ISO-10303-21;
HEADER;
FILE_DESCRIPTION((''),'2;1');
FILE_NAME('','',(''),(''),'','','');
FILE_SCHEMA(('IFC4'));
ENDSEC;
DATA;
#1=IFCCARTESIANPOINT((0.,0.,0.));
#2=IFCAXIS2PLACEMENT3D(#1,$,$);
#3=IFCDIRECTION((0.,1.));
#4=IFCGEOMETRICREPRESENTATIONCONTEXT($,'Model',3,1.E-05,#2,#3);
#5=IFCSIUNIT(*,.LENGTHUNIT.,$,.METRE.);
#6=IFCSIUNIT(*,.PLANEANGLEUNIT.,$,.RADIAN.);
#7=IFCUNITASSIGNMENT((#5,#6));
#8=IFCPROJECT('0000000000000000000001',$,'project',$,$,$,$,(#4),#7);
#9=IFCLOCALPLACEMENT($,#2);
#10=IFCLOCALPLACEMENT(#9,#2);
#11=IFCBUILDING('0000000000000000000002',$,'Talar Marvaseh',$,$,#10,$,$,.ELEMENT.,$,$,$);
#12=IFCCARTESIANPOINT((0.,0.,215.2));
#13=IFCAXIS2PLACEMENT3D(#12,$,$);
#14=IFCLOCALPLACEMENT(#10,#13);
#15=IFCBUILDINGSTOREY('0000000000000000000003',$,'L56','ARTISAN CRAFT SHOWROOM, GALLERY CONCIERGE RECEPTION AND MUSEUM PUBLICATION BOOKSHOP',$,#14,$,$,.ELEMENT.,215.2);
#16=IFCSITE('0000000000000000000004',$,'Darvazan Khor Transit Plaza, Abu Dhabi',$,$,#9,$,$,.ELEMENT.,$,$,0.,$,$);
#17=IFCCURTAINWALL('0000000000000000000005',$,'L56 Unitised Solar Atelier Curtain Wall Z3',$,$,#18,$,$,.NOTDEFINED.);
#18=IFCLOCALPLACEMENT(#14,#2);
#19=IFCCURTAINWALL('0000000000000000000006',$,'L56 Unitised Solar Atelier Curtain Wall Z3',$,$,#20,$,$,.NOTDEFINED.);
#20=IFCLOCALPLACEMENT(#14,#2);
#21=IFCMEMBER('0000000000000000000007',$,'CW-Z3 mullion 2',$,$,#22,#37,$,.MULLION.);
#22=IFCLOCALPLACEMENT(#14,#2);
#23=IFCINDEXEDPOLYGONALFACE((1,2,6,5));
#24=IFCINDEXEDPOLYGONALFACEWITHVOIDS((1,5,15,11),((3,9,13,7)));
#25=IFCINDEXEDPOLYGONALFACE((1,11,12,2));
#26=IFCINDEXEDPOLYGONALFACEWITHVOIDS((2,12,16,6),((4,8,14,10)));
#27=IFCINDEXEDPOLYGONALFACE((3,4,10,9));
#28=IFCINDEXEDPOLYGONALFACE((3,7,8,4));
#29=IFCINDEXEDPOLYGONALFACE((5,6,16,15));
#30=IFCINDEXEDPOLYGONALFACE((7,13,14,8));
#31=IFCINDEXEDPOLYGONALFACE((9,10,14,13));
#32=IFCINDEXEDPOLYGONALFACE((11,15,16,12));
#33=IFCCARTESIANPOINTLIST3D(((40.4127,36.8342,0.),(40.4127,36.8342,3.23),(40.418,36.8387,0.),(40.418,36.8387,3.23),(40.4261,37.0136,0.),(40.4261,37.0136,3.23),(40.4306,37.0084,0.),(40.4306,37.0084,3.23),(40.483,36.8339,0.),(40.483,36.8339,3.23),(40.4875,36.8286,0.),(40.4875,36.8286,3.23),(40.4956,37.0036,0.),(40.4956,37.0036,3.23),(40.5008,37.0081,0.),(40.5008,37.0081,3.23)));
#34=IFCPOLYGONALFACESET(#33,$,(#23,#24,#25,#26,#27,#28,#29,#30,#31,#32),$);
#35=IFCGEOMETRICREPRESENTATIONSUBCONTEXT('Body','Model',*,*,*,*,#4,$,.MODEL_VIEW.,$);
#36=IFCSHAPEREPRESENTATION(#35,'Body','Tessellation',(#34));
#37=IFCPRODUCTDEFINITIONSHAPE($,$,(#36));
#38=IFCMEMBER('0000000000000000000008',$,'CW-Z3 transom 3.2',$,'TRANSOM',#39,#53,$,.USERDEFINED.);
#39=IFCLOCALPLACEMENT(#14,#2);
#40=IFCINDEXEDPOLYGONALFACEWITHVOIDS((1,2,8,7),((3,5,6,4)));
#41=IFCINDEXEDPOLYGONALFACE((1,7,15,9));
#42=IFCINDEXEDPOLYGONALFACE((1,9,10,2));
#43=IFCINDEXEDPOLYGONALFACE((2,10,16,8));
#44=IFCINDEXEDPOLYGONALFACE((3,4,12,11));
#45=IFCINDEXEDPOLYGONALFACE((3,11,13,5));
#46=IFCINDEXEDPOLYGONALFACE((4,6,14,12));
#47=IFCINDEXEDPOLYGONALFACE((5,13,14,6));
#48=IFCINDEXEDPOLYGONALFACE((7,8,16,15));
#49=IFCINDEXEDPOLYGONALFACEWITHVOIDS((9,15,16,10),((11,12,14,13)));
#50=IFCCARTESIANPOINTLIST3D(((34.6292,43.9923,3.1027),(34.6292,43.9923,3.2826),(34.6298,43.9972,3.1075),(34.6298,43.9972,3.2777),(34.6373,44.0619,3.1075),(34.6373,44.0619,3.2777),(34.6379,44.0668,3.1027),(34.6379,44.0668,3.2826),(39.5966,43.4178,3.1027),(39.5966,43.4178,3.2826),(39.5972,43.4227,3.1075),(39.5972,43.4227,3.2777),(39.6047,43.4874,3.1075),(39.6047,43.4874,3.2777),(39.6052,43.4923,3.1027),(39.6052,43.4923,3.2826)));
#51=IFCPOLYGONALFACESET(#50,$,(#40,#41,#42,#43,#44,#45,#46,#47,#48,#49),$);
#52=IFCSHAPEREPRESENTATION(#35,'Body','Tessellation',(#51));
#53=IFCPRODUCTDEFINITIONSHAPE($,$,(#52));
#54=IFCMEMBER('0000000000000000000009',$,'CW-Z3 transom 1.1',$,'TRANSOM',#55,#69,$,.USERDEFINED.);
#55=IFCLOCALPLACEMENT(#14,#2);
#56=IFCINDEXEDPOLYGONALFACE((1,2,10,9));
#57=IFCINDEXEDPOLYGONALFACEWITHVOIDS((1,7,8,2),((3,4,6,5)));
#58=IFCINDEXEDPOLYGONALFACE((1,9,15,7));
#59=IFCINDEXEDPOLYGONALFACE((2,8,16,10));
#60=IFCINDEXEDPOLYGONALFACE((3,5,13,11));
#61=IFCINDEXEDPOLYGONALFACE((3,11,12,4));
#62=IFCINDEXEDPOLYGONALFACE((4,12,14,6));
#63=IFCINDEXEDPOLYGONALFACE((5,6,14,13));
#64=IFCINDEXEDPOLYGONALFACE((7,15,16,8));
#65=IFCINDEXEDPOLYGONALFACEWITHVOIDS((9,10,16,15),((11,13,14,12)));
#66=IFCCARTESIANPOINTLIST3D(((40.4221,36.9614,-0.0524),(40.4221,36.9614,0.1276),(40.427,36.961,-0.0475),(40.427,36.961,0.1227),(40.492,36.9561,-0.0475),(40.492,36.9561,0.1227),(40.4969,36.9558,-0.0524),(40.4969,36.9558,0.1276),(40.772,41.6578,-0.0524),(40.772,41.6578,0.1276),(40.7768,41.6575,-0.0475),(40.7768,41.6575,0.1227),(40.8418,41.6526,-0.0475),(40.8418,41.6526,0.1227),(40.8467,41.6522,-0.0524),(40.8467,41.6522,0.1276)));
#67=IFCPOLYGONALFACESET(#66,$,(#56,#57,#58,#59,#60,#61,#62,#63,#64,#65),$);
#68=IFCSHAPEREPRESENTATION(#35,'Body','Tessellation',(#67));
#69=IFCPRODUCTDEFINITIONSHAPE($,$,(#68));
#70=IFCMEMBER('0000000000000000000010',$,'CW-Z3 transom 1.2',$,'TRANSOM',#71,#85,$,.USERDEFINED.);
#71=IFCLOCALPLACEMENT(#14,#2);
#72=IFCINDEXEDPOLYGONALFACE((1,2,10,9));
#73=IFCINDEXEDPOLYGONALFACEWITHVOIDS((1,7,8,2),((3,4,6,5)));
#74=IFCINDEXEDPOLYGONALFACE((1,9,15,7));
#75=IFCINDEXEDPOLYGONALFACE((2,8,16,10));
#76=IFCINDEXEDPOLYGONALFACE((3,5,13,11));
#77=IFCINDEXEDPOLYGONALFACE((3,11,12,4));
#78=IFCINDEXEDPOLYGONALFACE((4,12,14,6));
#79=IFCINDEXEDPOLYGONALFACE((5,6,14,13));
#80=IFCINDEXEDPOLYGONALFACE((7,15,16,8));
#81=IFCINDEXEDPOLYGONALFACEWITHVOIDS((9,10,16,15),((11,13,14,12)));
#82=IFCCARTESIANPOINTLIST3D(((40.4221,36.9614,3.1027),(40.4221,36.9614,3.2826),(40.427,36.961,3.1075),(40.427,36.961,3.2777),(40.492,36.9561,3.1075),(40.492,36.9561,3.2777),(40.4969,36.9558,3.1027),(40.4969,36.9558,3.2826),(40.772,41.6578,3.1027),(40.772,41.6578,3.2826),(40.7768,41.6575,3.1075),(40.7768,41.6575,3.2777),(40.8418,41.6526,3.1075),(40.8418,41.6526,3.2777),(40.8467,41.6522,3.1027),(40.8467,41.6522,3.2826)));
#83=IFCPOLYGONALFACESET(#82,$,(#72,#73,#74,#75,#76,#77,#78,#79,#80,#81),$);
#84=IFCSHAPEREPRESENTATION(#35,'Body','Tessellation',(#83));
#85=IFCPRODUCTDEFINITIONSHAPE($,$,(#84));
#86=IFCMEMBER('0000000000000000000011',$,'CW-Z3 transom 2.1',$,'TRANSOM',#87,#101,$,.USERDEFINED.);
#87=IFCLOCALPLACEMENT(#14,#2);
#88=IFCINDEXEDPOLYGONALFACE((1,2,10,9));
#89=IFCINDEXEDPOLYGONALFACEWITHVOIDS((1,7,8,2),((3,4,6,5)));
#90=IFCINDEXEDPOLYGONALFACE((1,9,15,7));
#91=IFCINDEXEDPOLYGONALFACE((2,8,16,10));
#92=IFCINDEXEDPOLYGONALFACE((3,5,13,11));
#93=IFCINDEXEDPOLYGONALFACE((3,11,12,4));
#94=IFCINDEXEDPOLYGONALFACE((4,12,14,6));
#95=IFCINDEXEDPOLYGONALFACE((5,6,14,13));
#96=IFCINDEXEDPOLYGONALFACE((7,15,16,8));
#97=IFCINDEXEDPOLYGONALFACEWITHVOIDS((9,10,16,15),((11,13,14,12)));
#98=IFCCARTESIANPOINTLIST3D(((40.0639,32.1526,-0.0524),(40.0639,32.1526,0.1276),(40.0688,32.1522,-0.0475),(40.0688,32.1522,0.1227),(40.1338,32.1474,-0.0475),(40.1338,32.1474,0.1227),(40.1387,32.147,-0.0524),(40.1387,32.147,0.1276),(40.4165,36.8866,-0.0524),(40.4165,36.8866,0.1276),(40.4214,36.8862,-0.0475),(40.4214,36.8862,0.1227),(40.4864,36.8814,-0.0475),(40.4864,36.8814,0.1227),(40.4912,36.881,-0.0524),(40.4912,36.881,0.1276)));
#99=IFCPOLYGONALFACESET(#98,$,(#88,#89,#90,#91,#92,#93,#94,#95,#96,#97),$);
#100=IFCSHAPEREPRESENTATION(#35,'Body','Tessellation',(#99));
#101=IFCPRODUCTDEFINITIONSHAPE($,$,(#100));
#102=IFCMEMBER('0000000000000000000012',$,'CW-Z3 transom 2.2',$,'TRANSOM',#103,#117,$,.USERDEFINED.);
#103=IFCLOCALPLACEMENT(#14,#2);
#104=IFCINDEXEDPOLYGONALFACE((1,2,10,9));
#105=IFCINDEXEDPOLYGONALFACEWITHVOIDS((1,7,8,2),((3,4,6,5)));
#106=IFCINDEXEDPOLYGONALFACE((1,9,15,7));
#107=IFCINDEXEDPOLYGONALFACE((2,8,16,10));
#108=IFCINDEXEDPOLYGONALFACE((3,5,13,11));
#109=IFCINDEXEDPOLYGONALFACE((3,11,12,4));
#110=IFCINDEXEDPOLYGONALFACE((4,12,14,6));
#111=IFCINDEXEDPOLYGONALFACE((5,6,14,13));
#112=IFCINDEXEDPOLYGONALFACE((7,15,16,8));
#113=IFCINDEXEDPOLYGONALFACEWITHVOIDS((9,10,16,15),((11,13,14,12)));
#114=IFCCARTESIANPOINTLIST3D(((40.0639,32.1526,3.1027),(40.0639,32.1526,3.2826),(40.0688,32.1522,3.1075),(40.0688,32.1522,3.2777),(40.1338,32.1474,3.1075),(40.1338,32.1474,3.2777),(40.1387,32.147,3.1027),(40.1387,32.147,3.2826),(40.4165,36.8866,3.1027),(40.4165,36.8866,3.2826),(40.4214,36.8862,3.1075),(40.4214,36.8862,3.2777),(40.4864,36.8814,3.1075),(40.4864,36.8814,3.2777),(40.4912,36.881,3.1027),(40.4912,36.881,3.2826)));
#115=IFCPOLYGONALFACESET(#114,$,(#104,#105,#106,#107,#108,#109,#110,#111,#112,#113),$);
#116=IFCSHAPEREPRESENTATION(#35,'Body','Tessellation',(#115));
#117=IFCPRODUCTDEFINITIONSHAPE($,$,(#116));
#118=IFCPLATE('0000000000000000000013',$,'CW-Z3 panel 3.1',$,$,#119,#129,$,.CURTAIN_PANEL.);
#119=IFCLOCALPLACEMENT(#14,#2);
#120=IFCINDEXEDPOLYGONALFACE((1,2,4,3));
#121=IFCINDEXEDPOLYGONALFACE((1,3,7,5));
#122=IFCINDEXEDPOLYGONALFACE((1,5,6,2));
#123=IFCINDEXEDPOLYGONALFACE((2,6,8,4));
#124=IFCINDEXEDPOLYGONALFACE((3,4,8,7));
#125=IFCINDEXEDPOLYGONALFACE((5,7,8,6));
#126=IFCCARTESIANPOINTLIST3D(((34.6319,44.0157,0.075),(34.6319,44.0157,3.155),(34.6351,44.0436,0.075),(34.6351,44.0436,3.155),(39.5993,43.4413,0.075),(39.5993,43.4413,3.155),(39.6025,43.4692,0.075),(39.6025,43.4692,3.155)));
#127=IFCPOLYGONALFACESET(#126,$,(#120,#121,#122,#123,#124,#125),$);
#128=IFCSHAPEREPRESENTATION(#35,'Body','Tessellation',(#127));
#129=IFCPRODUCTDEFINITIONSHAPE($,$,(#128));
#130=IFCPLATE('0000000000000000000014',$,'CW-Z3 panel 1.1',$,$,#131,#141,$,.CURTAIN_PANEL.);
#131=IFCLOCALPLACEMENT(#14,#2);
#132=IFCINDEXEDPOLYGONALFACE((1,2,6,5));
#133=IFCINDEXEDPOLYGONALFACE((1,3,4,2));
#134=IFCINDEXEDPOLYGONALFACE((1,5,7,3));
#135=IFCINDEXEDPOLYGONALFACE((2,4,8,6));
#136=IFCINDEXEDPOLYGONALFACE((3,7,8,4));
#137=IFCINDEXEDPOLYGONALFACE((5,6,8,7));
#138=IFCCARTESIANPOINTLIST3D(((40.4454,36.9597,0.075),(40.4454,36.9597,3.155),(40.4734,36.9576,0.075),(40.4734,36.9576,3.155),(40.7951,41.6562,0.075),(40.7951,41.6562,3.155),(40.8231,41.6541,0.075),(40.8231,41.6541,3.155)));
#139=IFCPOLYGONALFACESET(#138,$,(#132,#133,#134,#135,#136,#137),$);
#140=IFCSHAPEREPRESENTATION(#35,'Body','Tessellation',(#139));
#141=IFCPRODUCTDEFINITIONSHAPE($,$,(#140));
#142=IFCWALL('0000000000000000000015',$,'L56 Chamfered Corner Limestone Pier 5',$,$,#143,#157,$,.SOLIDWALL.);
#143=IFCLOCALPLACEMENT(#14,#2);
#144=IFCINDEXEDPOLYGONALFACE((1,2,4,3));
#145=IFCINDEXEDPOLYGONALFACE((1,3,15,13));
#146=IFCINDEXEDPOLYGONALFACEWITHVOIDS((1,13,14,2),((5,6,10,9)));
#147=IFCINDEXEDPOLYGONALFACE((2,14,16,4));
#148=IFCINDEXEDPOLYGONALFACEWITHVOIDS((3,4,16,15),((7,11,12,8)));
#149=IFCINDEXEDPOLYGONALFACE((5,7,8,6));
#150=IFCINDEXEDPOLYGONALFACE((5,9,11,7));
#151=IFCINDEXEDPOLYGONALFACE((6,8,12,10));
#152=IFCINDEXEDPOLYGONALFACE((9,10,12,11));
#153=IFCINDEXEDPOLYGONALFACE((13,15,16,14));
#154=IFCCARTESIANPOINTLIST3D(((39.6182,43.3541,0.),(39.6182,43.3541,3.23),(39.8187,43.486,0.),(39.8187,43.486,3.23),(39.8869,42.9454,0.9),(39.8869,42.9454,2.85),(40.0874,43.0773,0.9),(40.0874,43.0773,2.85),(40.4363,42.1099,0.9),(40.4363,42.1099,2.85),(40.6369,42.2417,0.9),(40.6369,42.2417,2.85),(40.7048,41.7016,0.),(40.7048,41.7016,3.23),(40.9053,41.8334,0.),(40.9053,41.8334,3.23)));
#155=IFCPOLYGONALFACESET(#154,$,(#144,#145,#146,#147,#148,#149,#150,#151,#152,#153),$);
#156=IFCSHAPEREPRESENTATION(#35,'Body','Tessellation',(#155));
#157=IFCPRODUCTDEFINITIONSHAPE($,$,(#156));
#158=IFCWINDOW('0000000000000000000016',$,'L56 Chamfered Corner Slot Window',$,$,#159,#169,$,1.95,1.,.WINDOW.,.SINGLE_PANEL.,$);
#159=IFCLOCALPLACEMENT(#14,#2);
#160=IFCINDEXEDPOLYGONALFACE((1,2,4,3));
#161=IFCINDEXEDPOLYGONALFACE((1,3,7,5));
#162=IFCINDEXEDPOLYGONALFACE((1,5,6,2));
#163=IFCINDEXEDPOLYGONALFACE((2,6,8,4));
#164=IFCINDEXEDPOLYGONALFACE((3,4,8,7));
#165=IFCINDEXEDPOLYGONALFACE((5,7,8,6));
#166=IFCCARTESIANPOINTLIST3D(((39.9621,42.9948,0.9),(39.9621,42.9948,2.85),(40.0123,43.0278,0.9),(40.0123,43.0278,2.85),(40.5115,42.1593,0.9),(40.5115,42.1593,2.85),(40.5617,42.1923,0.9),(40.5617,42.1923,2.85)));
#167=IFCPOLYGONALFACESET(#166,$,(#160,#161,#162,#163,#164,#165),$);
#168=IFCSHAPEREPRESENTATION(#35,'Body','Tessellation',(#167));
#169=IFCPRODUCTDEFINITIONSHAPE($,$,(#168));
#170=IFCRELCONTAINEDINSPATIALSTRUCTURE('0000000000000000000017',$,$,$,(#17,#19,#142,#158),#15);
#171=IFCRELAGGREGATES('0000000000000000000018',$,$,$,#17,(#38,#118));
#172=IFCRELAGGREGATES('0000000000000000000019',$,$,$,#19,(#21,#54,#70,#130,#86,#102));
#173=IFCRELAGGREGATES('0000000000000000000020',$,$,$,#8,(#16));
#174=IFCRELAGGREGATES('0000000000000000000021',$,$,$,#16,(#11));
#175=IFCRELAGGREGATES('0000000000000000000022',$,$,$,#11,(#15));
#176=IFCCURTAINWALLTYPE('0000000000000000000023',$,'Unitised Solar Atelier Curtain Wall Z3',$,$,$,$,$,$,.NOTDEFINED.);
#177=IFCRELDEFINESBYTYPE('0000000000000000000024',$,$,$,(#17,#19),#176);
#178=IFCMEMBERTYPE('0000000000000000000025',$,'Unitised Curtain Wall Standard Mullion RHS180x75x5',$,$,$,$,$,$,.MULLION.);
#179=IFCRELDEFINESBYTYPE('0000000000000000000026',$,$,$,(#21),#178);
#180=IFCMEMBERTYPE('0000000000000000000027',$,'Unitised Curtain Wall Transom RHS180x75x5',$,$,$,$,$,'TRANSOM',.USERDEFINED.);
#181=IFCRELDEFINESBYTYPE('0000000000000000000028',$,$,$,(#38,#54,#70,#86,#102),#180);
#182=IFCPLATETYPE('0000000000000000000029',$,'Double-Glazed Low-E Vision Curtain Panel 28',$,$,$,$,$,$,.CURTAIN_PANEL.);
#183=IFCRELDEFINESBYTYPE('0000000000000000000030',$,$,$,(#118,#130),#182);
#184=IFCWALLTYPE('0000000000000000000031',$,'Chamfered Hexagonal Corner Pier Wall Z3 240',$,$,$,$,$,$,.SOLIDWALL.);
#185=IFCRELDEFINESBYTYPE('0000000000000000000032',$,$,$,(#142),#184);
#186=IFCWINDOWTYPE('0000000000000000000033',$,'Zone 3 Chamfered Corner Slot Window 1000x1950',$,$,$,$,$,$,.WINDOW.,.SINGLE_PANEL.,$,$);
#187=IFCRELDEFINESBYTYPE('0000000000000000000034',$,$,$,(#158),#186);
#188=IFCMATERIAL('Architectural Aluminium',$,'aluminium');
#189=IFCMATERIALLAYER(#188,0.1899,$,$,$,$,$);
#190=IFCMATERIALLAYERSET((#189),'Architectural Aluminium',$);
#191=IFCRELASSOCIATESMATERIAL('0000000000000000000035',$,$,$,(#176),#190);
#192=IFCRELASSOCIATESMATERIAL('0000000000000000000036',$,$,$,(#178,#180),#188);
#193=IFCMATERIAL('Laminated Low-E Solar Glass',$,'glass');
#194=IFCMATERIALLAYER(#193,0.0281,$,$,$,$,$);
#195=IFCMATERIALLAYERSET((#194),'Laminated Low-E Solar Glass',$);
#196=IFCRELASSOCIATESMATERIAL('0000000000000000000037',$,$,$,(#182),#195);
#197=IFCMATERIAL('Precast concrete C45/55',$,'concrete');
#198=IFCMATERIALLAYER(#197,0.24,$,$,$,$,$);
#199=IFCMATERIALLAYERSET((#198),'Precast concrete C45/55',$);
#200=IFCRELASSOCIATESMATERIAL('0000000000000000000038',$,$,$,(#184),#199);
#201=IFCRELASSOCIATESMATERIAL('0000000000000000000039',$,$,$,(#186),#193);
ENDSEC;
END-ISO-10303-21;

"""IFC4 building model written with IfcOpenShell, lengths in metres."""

from ifc_helpers import new_model, si_unit, direction, frame, frame_2d, origin, origin_2d, place, context, subcontext, project, spatial, rectangle, hollow_rectangle, extrude, source, transform, mapped, material, layer, layer_set, material_profile, profile_set, type_object, type_shapes, element, fill, aggregate, save


model = new_model("IFC4")

# Units and contexts
model_context = context("Model", 3, precision=1e-05, world=origin(), true_north=direction((0.0, 1.0)))
body_context = subcontext(model_context, "Body", "Model", "MODEL_VIEW")
ifc_project = project(units=[si_unit("LENGTHUNIT", "METRE"), si_unit("PLANEANGLEUNIT", "RADIAN")], contexts=[model_context])

# Site, building, storey
site_placement = place(None, origin())
site = spatial("IfcSite", under=ifc_project, at=site_placement, Name="Darvazan Khor Transit Plaza, Abu Dhabi", CompositionType="ELEMENT", RefElevation=0.0)
building_placement = place(site_placement, origin())
building = spatial("IfcBuilding", under=site, at=building_placement, Name="Talar Marvaseh", CompositionType="ELEMENT")
storey_placement = place(building_placement, frame((0.0, 0.0, 215.2)))
storey = spatial("IfcBuildingStorey", under=building, at=storey_placement, Name="L56", Description="ARTISAN CRAFT SHOWROOM, GALLERY CONCIERGE RECEPTION AND MUSEUM PUBLICATION BOOKSHOP", CompositionType="ELEMENT", Elevation=215.2)

# Curtain wall
ifc_material_1 = material(Name="Architectural Aluminium", Category="aluminium")
ifc_layer_1 = layer(ifc_material_1, 0.1899)
ifc_layer_set_1 = layer_set([ifc_layer_1], Name="Architectural Aluminium")
curtain_wall_type = type_object("IfcCurtainWallType", Name="Unitised Solar Atelier Curtain Wall Z3", PredefinedType="NOTDEFINED", material=ifc_layer_set_1)
curtain_wall_1_placement = place(storey_placement, origin())
curtain_wall_1 = element("IfcCurtainWall", 1, at=curtain_wall_1_placement, inside=storey, type_object=curtain_wall_type, Name="L56 Unitised Solar Atelier Curtain Wall Z3", PredefinedType="NOTDEFINED")
ifc_material_profile_1 = material_profile(ifc_material_1, hollow_rectangle(XDim=0.075, YDim=0.1799, WallThickness=0.0049, at=origin_2d()), Name="RHS180x75x5")
ifc_profile_set_1 = profile_set([ifc_material_profile_1], Name="Architectural Aluminium")
member_type_1 = type_object("IfcMemberType", Name="Unitised Curtain Wall Standard Mullion RHS180x75x5", PredefinedType="MULLION", material=ifc_profile_set_1)
shared_shape_1 = source(origin(), body_context, "Body", "SweptSolid", [
    extrude(hollow_rectangle(XDim=0.075, YDim=0.1799, WallThickness=0.0049, at=origin_2d()), origin(), (0.0, 0.0, 1.0), 3.23),
])
type_shapes(member_type_1, [shared_shape_1])

# Curtain wall, member
curtain_wall_2_placement = place(storey_placement, origin())
curtain_wall_2 = element("IfcCurtainWall", 2, at=curtain_wall_2_placement, inside=storey, type_object=curtain_wall_type, Name="L56 Unitised Solar Atelier Curtain Wall Z3", PredefinedType="NOTDEFINED")
member_1_placement = place(storey_placement, frame((40.4568, 36.9211, 0.0), z_axis=(0.0, 0.0, 1.0), x_axis=(0.997239, -0.074263, 0.0)))
member_1 = element("IfcMember", 3, at=member_1_placement, type_object=member_type_1, Name="CW-Z3 mullion 2", PredefinedType="MULLION", context=body_context, shape_type="MappedRepresentation", body=[
    mapped(shared_shape_1, transform((0.0, 0.0, 0.0), x_axis=(1.0, 0.0, 0.0), y_axis=(0.0, 1.0, 0.0), z_axis=(0.0, 0.0, 1.0), scale=1.0)),
])

# Members
ifc_material_profile_2 = material_profile(ifc_material_1, hollow_rectangle(XDim=0.075, YDim=0.1799, WallThickness=0.0049, at=origin_2d()), Name="RHS180x75x5")
ifc_profile_set_2 = profile_set([ifc_material_profile_2], Name="Architectural Aluminium")
member_type_2 = type_object("IfcMemberType", Name="Unitised Curtain Wall Transom RHS180x75x5", ElementType="TRANSOM", PredefinedType="USERDEFINED", material=ifc_profile_set_2)
shared_shape_2 = source(origin(), body_context, "Body", "SweptSolid", [
    extrude(hollow_rectangle(XDim=0.075, YDim=0.1799, WallThickness=0.0049, at=origin_2d()), origin(), (0.0, 0.0, 1.0), 5.0005),
])
member_2_placement = place(storey_placement, frame((34.6335, 44.0295, 3.1926), z_axis=(0.993379, -0.114884, 0.0), x_axis=(0.114884, 0.993379, 0.0)))
member_2 = element("IfcMember", 4, at=member_2_placement, type_object=member_type_2, Name="CW-Z3 transom 3.2", ObjectType="TRANSOM", PredefinedType="USERDEFINED", context=body_context, shape_type="MappedRepresentation", body=[
    mapped(shared_shape_2, transform((0.0, 0.0, 0.0), x_axis=(1.0, 0.0, 0.0), y_axis=(0.0, 1.0, 0.0), z_axis=(0.0, 0.0, 1.0), scale=1.0)),
])
shared_shape_3 = source(origin(), body_context, "Body", "SweptSolid", [
    extrude(hollow_rectangle(XDim=0.075, YDim=0.1799, WallThickness=0.0049, at=origin_2d()), origin(), (0.0, 0.0, 1.0), 4.7095),
])
member_3_placement = place(storey_placement, frame((40.8093, 41.655, 0.0376), z_axis=(-0.074286, -0.997237, 0.0), x_axis=(0.997237, -0.074286, 0.0)))
member_3 = element("IfcMember", 5, at=member_3_placement, type_object=member_type_2, Name="CW-Z3 transom 1.1", ObjectType="TRANSOM", PredefinedType="USERDEFINED", context=body_context, shape_type="MappedRepresentation", body=[
    mapped(shared_shape_3, transform((0.0, 0.0, 0.0), x_axis=(1.0, 0.0, 0.0), y_axis=(0.0, 1.0, 0.0), z_axis=(0.0, 0.0, 1.0), scale=1.0)),
])
member_4_placement = place(storey_placement, frame((40.8093, 41.655, 3.1926), z_axis=(-0.074286, -0.997237, 0.0), x_axis=(0.997237, -0.074286, 0.0)))
member_4 = element("IfcMember", 6, at=member_4_placement, type_object=member_type_2, Name="CW-Z3 transom 1.2", ObjectType="TRANSOM", PredefinedType="USERDEFINED", context=body_context, shape_type="MappedRepresentation", body=[
    mapped(shared_shape_3, transform((0.0, 0.0, 0.0), x_axis=(1.0, 0.0, 0.0), y_axis=(0.0, 1.0, 0.0), z_axis=(0.0, 0.0, 1.0), scale=1.0)),
])
shared_shape_4 = source(origin(), body_context, "Body", "SweptSolid", [
    extrude(hollow_rectangle(XDim=0.075, YDim=0.1799, WallThickness=0.0049, at=origin_2d()), origin(), (0.0, 0.0, 1.0), 4.7471),
])
type_shapes(member_type_2, [shared_shape_2, shared_shape_3, shared_shape_4])
member_5_placement = place(storey_placement, frame((40.4539, 36.8838, 0.0376), z_axis=(-0.074266, -0.997238, 0.0), x_axis=(0.997238, -0.074266, 0.0)))
member_5 = element("IfcMember", 7, at=member_5_placement, type_object=member_type_2, Name="CW-Z3 transom 2.1", ObjectType="TRANSOM", PredefinedType="USERDEFINED", context=body_context, shape_type="MappedRepresentation", body=[
    mapped(shared_shape_4, transform((0.0, 0.0, 0.0), x_axis=(1.0, 0.0, 0.0), y_axis=(0.0, 1.0, 0.0), z_axis=(0.0, 0.0, 1.0), scale=1.0)),
])
member_6_placement = place(storey_placement, frame((40.4539, 36.8838, 3.1926), z_axis=(-0.074266, -0.997238, 0.0), x_axis=(0.997238, -0.074266, 0.0)))
member_6 = element("IfcMember", 8, at=member_6_placement, type_object=member_type_2, Name="CW-Z3 transom 2.2", ObjectType="TRANSOM", PredefinedType="USERDEFINED", context=body_context, shape_type="MappedRepresentation", body=[
    mapped(shared_shape_4, transform((0.0, 0.0, 0.0), x_axis=(1.0, 0.0, 0.0), y_axis=(0.0, 1.0, 0.0), z_axis=(0.0, 0.0, 1.0), scale=1.0)),
])

# Plates
ifc_material_2 = material(Name="Laminated Low-E Solar Glass", Category="glass")
ifc_layer_2 = layer(ifc_material_2, 0.0281)
ifc_layer_set_2 = layer_set([ifc_layer_2], Name="Laminated Low-E Solar Glass")
plate_type = type_object("IfcPlateType", Name="Double-Glazed Low-E Vision Curtain Panel 28", PredefinedType="CURTAIN_PANEL", material=ifc_layer_set_2)
shared_shape_5 = source(origin(), body_context, "Body", "SweptSolid", [
    extrude(rectangle(XDim=5.0005, YDim=0.0281, at=origin_2d()), origin(), (0.0, 0.0, 1.0), 3.0801),
])
plate_1_placement = place(storey_placement, frame((37.1172, 43.7424, 0.075), z_axis=(0.0, 0.0, 1.0), x_axis=(0.99338, -0.11487, 0.0)))
plate_1 = element("IfcPlate", 9, at=plate_1_placement, type_object=plate_type, Name="CW-Z3 panel 3.1", PredefinedType="CURTAIN_PANEL", context=body_context, shape_type="MappedRepresentation", body=[
    mapped(shared_shape_5, transform((0.0, 0.0, 0.0), x_axis=(1.0, 0.0, 0.0), y_axis=(0.0, 1.0, 0.0), z_axis=(0.0, 0.0, 1.0), scale=1.0)),
])
aggregate(curtain_wall_1, [member_2, plate_1])
shared_shape_6 = source(origin(), body_context, "Body", "SweptSolid", [
    extrude(rectangle(XDim=4.7095, YDim=0.0281, at=origin_2d()), origin(), (0.0, 0.0, 1.0), 3.0801),
])
type_shapes(plate_type, [shared_shape_5, shared_shape_6])
plate_2_placement = place(storey_placement, frame((40.6343, 39.3069, 0.075), z_axis=(0.0, 0.0, 1.0), x_axis=(-0.074263, -0.997239, 0.0)))
plate_2 = element("IfcPlate", 10, at=plate_2_placement, type_object=plate_type, Name="CW-Z3 panel 1.1", PredefinedType="CURTAIN_PANEL", context=body_context, shape_type="MappedRepresentation", body=[
    mapped(shared_shape_6, transform((0.0, 0.0, 0.0), x_axis=(1.0, 0.0, 0.0), y_axis=(0.0, 1.0, 0.0), z_axis=(0.0, 0.0, 1.0), scale=1.0)),
])
aggregate(curtain_wall_2, [member_1, member_3, member_4, plate_2, member_5, member_6])

# Wall, opening, window
ifc_material_3 = material(Name="Precast concrete C45/55", Category="concrete")
ifc_layer_3 = layer(ifc_material_3, 0.24)
ifc_layer_set_3 = layer_set([ifc_layer_3], Name="Precast concrete C45/55")
wall_type_1 = type_object("IfcWallType", Name="Chamfered Hexagonal Corner Pier Wall Z3 240", PredefinedType="SOLIDWALL", material=ifc_layer_set_3)
wall_1_placement = place(storey_placement, frame((39.7185, 43.4199, 0.0), z_axis=(0.0, 0.0, 1.0), x_axis=(0.549419, -0.835547, 0.0)))
wall_1 = element("IfcWall", 11, at=wall_1_placement, inside=storey, type_object=wall_type_1, Name="L56 Chamfered Corner Limestone Pier 5", PredefinedType="SOLIDWALL", context=body_context, shape_type="SweptSolid", body=[
    extrude(rectangle(XDim=1.9778, YDim=0.24, at=frame_2d((0.9888, 0.0))), origin(), (0.0, 0.0, 1.0), 3.23),
])
opening_1_placement = place(wall_1_placement, frame((0.489, 0.0, 0.8999)))
opening_1 = element("IfcOpeningElement", 12, at=opening_1_placement, cuts=wall_1, PredefinedType="OPENING", context=body_context, shape_type="SweptSolid", body=[
    extrude(rectangle(XDim=1.0, YDim=1.95, at=frame_2d((0.5, 0.9751))), frame((0.0, 0.1299, 0.0), z_axis=(0.0, -1.0, 0.0), x_axis=(1.0, 0.0, 0.0)), (0.0, 0.0, 1.0), 0.26),
])
window_type = type_object("IfcWindowType", Name="Zone 3 Chamfered Corner Slot Window 1000x1950", PartitioningType="SINGLE_PANEL", PredefinedType="WINDOW", material=ifc_material_2)
shared_shape_7 = source(origin(), body_context, "Body", "SweptSolid", [
    extrude(rectangle(XDim=1.0, YDim=1.95, at=frame_2d((0.5, 0.9751))), frame((0.0, 0.03, 0.0), z_axis=(0.0, -1.0, 0.0), x_axis=(1.0, 0.0, 0.0)), (0.0, 0.0, 1.0), 0.0601),
])
type_shapes(window_type, [shared_shape_7])
window_placement = place(opening_1_placement, origin())
window = element("IfcWindow", 13, at=window_placement, inside=storey, type_object=window_type, Name="L56 Chamfered Corner Slot Window", OverallHeight=1.95, OverallWidth=1.0, PartitioningType="SINGLE_PANEL", PredefinedType="WINDOW", context=body_context, shape_type="MappedRepresentation", body=[
    mapped(shared_shape_7, transform((0.0, 0.0, 0.0), x_axis=(1.0, 0.0, 0.0), y_axis=(0.0, 1.0, 0.0), z_axis=(0.0, 0.0, 1.0), scale=1.0)),
])
fill(opening_1, window)

save(model, "model.ifc")
